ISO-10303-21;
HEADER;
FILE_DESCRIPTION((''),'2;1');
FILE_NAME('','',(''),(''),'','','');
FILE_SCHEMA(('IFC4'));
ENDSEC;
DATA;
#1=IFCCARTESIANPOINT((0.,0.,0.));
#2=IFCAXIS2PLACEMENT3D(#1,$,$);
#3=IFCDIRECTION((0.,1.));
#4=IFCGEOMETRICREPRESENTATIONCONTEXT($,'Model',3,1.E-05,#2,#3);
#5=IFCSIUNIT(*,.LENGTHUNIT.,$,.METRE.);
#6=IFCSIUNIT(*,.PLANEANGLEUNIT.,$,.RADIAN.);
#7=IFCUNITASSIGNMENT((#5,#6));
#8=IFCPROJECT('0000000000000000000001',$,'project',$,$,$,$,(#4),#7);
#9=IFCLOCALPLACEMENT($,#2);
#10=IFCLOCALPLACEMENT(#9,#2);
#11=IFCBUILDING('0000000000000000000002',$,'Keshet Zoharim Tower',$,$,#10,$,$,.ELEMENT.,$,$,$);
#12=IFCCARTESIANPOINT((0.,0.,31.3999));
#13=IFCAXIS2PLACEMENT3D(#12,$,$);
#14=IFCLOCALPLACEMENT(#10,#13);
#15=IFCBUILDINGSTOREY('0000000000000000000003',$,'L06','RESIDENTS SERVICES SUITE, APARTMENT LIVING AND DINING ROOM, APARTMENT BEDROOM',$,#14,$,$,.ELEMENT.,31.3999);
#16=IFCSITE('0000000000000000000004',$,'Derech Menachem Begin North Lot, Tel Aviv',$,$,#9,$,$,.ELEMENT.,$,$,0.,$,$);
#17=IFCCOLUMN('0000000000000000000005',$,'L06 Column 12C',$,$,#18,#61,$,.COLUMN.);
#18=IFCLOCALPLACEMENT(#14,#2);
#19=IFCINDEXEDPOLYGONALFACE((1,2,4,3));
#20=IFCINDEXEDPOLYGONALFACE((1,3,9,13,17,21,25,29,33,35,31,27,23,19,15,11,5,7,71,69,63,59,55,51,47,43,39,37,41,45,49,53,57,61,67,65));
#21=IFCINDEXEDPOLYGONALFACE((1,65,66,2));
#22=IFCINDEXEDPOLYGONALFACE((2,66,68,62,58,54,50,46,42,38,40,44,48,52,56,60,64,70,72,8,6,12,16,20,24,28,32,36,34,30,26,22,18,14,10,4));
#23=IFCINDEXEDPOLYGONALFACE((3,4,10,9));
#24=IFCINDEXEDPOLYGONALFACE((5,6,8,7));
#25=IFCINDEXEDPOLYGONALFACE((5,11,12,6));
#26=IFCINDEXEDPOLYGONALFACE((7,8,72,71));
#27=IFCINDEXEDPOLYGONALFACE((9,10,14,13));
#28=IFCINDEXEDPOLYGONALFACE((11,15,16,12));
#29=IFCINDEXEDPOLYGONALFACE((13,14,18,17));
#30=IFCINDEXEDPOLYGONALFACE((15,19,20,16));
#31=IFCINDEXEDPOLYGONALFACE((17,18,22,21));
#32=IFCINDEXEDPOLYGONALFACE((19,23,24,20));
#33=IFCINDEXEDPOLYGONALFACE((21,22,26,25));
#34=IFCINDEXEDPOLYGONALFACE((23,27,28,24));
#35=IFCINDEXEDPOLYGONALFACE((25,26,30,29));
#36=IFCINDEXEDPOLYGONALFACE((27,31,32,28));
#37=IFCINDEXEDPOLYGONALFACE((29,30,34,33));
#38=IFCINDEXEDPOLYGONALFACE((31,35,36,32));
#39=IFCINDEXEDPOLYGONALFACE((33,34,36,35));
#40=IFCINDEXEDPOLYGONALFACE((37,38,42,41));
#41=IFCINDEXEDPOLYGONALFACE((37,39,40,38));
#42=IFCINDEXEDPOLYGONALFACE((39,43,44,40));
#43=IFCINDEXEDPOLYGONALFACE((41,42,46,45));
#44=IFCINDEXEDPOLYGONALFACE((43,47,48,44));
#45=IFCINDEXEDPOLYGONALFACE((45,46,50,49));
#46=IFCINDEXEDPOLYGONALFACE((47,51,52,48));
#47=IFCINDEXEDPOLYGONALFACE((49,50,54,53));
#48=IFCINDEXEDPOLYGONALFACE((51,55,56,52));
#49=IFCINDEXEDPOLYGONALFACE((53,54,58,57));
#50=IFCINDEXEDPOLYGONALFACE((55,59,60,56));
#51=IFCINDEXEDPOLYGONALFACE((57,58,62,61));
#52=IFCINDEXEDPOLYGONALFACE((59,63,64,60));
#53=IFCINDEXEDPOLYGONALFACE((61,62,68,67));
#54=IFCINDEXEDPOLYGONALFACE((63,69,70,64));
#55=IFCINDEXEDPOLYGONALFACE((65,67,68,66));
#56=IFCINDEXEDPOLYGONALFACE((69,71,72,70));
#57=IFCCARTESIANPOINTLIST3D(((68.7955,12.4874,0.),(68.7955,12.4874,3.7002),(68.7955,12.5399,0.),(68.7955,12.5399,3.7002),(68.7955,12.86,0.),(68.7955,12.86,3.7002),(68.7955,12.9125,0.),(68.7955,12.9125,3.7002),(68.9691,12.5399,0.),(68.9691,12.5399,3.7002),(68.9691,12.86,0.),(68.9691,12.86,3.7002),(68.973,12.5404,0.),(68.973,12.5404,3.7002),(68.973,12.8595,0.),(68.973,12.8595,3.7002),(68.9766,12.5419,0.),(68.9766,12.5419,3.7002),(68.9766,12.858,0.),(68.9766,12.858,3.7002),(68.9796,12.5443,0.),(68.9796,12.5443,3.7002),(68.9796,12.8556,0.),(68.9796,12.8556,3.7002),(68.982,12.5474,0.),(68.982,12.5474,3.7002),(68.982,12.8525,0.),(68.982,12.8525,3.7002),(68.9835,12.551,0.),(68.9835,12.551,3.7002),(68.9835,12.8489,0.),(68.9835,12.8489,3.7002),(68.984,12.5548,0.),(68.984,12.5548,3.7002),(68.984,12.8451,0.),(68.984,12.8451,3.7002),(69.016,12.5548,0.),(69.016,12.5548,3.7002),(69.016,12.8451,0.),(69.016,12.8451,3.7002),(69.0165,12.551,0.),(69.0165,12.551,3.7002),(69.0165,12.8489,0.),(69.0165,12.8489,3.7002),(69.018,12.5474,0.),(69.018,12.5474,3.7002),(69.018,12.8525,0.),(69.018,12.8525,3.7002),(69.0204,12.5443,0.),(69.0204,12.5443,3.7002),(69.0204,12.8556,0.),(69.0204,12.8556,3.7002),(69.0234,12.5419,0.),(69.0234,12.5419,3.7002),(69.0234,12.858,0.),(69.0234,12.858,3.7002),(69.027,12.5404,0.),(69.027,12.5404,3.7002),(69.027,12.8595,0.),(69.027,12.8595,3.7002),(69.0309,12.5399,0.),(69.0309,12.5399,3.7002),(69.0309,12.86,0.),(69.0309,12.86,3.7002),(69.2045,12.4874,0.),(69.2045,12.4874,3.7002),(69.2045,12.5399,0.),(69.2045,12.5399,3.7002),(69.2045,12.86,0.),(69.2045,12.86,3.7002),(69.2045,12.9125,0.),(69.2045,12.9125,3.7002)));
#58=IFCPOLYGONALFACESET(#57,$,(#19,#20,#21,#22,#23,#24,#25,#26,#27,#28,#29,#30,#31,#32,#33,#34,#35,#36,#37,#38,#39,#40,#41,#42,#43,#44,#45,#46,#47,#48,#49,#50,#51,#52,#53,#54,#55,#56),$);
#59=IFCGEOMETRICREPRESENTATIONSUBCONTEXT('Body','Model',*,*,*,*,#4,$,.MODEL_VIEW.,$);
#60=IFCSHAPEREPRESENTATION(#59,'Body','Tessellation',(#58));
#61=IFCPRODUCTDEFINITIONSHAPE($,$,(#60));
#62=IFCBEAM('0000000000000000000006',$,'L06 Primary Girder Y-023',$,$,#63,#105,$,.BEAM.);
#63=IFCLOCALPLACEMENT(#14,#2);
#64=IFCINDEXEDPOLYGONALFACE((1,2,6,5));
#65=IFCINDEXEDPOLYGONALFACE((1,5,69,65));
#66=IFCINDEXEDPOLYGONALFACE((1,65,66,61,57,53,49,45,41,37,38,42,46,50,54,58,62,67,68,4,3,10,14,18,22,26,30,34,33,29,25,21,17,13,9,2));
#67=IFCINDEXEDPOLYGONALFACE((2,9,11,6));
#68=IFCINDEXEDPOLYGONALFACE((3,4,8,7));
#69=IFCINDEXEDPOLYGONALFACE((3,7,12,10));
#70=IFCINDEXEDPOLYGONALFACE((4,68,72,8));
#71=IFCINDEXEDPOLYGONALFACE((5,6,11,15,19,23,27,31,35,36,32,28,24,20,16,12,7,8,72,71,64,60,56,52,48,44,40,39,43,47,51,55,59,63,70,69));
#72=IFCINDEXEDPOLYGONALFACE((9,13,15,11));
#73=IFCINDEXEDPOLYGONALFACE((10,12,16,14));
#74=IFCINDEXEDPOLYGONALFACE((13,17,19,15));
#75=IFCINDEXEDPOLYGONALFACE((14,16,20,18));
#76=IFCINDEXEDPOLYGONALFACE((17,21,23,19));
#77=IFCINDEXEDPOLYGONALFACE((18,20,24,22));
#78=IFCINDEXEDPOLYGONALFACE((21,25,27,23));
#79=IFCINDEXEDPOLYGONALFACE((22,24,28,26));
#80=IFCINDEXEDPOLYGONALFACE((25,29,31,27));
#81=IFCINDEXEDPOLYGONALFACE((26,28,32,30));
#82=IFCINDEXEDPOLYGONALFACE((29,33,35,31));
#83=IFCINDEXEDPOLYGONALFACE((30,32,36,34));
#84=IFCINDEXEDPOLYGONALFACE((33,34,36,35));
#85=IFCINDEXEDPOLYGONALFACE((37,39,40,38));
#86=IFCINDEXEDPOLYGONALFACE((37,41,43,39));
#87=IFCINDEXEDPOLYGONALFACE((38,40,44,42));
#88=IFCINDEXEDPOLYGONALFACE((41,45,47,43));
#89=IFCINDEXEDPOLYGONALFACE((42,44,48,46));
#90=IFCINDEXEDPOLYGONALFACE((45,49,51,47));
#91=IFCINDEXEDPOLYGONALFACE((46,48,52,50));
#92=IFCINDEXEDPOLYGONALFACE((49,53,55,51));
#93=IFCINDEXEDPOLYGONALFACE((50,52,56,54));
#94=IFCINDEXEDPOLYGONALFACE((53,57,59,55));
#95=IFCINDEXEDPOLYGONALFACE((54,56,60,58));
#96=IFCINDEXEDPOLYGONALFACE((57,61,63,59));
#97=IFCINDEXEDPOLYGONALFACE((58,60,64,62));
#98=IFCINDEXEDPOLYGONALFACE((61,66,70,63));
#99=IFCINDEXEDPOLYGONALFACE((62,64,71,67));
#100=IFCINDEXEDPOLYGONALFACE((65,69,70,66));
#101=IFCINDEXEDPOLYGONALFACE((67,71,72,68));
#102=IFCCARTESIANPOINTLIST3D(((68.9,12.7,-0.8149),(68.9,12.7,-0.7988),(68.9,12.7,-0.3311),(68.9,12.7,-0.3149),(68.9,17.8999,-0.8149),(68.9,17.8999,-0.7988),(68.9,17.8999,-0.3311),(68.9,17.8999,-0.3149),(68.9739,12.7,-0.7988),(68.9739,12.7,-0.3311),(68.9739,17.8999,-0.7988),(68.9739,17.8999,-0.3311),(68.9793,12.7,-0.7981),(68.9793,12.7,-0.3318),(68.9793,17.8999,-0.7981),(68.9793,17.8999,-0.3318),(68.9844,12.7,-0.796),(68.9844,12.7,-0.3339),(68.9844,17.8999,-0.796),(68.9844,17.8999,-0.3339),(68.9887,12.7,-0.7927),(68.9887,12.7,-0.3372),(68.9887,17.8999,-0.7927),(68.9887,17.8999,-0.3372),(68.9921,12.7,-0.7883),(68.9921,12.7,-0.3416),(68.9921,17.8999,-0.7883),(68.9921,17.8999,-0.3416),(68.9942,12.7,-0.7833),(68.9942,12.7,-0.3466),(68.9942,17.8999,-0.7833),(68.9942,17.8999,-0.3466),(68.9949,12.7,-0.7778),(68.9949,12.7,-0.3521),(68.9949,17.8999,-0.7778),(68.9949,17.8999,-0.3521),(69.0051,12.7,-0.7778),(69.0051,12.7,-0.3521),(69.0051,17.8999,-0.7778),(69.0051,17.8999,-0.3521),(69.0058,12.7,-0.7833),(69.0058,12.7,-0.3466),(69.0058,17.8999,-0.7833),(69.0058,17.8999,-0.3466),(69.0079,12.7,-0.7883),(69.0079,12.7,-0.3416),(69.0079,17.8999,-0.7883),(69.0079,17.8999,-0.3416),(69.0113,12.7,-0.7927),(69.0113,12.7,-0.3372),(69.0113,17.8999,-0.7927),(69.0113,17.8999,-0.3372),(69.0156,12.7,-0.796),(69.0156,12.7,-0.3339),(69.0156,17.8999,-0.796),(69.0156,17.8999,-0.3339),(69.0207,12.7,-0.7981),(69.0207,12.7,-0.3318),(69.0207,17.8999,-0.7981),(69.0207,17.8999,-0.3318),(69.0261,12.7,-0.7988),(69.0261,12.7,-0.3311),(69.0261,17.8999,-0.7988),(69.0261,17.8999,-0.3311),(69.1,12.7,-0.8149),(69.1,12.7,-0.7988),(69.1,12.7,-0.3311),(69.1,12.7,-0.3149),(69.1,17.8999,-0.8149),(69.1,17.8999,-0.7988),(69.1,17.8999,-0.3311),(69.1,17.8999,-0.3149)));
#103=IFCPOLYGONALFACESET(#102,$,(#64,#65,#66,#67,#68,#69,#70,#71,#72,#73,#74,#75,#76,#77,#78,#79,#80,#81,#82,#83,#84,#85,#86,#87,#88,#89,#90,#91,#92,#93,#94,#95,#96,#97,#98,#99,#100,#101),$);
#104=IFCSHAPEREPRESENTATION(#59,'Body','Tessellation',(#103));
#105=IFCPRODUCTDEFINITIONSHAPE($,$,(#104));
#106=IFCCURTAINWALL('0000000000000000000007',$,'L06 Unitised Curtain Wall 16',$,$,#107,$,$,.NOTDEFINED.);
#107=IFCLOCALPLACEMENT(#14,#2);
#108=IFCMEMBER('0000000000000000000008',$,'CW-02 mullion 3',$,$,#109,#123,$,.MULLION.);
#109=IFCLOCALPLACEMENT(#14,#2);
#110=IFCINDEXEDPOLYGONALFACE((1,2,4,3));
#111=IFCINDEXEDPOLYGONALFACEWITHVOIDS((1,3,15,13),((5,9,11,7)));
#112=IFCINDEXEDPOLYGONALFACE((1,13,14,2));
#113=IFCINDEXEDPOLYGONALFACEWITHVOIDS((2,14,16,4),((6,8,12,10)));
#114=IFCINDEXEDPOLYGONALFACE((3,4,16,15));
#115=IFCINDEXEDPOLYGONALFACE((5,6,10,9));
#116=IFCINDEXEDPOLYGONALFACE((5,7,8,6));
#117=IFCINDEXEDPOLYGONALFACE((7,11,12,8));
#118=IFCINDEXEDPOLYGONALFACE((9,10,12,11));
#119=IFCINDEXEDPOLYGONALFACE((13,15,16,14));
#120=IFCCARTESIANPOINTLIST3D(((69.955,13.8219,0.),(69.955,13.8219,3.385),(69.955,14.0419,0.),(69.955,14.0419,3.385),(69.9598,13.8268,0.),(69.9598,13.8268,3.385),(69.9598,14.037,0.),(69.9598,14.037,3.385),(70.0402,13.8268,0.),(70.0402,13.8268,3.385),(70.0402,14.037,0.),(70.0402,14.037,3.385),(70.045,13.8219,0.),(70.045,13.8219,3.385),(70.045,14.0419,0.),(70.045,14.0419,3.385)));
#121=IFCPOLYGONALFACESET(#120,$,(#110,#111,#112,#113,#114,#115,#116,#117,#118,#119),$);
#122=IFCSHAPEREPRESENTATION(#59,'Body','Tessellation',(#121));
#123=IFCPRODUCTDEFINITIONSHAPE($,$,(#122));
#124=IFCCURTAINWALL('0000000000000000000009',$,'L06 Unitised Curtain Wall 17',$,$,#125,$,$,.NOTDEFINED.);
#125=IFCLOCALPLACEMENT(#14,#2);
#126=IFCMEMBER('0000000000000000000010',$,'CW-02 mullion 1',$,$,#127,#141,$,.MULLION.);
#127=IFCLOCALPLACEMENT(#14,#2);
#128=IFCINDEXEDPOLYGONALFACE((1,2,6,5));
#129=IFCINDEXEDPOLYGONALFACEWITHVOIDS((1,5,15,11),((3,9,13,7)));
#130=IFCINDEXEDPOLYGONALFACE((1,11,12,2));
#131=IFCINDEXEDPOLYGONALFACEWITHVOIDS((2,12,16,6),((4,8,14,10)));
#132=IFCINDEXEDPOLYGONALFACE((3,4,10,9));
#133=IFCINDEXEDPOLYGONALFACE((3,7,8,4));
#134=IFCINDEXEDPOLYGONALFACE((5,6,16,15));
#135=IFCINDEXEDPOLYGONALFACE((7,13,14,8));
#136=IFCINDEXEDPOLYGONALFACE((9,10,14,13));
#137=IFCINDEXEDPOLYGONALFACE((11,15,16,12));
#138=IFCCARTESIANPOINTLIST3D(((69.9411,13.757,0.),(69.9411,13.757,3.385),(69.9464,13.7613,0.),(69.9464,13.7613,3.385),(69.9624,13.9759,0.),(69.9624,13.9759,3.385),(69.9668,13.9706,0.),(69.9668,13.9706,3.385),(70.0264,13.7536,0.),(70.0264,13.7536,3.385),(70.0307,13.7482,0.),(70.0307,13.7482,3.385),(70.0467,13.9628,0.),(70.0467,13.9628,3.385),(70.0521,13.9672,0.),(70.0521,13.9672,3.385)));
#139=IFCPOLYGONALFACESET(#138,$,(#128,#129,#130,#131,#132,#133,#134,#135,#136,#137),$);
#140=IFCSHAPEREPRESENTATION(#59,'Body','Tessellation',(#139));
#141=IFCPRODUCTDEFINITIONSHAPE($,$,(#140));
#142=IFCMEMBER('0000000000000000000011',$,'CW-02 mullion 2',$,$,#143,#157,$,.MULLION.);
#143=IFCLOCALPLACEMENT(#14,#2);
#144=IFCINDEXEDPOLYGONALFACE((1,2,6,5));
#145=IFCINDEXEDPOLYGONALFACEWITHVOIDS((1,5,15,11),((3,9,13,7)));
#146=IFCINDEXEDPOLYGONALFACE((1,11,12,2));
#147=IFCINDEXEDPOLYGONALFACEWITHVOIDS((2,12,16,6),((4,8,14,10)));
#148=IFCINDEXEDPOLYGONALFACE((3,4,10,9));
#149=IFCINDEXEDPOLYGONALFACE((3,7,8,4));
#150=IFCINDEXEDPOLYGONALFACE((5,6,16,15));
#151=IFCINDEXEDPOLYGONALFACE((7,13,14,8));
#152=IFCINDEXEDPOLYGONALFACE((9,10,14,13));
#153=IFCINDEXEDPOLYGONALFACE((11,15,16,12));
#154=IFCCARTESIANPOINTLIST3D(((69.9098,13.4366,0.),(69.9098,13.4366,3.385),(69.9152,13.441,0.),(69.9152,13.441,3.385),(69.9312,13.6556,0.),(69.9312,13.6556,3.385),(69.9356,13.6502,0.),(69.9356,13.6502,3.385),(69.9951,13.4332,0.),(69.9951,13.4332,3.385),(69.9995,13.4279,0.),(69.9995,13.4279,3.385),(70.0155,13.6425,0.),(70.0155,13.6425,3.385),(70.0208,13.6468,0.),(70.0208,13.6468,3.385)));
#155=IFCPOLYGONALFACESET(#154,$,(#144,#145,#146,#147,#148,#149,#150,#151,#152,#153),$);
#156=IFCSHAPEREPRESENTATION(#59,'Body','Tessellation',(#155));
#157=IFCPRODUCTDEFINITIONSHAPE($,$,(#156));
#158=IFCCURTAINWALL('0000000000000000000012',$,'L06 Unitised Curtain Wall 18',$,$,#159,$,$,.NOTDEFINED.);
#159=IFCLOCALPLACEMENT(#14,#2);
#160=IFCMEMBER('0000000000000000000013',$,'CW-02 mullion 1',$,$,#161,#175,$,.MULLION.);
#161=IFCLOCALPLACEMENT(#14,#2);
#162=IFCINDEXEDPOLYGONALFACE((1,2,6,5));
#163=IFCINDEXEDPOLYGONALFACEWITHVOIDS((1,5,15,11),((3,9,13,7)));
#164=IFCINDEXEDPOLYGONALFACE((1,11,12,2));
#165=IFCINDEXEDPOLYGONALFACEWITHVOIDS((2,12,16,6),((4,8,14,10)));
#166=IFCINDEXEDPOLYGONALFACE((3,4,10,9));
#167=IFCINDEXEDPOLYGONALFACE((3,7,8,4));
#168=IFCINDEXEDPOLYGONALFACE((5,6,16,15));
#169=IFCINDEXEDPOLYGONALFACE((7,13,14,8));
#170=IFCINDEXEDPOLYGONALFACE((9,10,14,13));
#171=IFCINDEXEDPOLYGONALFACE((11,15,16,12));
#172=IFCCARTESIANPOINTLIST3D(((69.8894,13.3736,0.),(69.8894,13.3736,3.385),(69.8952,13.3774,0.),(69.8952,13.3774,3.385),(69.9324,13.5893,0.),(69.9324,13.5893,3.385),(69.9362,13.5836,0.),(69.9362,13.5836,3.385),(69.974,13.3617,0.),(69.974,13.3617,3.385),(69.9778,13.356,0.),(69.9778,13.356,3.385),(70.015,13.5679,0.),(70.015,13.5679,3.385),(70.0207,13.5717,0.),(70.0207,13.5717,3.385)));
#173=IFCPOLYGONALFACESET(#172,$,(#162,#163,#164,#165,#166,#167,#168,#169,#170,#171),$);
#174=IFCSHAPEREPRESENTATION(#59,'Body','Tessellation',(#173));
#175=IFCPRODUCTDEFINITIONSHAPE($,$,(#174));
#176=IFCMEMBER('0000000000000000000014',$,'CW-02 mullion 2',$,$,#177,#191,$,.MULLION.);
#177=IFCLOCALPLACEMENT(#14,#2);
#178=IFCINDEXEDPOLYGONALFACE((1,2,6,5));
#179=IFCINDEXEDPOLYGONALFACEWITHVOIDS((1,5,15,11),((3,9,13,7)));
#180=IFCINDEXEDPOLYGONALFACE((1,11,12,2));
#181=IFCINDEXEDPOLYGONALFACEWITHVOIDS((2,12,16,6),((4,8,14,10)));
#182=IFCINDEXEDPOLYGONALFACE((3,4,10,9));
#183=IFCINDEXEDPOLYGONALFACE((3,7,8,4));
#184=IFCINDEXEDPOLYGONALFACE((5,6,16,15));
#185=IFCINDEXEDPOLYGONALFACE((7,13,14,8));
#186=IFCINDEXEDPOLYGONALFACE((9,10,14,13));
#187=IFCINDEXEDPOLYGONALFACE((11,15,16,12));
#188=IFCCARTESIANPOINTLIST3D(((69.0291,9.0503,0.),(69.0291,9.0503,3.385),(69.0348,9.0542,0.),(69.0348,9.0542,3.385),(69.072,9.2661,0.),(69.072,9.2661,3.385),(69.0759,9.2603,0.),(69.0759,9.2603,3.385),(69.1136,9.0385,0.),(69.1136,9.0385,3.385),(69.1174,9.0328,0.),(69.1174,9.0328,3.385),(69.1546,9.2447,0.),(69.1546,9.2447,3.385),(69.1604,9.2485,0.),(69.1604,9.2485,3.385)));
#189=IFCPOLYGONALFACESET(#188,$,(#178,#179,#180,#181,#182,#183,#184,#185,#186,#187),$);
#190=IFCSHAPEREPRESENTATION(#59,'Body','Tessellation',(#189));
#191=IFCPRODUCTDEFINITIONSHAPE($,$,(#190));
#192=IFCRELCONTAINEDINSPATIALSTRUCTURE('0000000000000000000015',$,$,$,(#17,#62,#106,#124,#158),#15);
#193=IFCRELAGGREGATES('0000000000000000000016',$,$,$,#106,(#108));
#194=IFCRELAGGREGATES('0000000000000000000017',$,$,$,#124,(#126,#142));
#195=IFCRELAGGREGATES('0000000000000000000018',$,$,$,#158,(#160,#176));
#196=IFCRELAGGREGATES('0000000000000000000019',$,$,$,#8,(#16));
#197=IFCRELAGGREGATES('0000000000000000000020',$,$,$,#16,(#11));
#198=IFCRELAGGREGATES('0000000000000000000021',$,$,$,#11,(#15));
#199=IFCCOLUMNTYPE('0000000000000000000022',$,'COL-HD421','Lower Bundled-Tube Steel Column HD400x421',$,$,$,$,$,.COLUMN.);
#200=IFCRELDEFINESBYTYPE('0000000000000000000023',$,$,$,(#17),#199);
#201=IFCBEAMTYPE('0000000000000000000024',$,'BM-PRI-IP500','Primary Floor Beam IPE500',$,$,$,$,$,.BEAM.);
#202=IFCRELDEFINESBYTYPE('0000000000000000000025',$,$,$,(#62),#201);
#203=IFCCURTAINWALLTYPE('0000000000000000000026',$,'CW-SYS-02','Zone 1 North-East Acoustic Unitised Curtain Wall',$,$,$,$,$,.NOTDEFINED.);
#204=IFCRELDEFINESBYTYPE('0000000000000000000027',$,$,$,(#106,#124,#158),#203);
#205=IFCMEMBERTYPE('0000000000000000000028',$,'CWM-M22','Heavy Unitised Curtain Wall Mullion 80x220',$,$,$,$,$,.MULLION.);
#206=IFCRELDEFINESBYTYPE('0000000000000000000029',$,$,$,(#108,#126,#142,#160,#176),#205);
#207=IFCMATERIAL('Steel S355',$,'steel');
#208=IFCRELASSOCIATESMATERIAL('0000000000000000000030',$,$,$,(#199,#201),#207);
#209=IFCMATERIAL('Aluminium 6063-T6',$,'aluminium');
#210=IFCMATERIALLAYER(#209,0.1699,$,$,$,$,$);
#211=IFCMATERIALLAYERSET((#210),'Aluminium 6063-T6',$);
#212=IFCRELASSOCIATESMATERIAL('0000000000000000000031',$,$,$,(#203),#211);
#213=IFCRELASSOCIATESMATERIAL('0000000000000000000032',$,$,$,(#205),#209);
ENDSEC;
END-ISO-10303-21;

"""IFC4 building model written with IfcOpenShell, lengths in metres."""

from ifc_helpers import new_model, si_unit, direction, frame, origin, origin_2d, place, context, subcontext, project, spatial, hollow_rectangle, i_section, extrude, material, layer, layer_set, material_profile, profile_set, type_object, element, aggregate, save


model = new_model("IFC4")

# Units and contexts
model_context = context("Model", 3, precision=1e-05, world=origin(), true_north=direction((0.0, 1.0)))
body_context = subcontext(model_context, "Body", "Model", "MODEL_VIEW")
ifc_project = project(units=[si_unit("LENGTHUNIT", "METRE"), si_unit("PLANEANGLEUNIT", "RADIAN")], contexts=[model_context])

# Site, building, storey
site_placement = place(None, origin())
site = spatial("IfcSite", under=ifc_project, at=site_placement, Name="Derech Menachem Begin North Lot, Tel Aviv", CompositionType="ELEMENT", RefElevation=0.0)
building_placement = place(site_placement, origin())
building = spatial("IfcBuilding", under=site, at=building_placement, Name="Keshet Zoharim Tower", CompositionType="ELEMENT")
storey_placement = place(building_placement, frame((0.0, 0.0, 31.3999)))
storey = spatial("IfcBuildingStorey", under=building, at=storey_placement, Name="L06", Description="RESIDENTS SERVICES SUITE, APARTMENT LIVING AND DINING ROOM, APARTMENT BEDROOM", CompositionType="ELEMENT", Elevation=31.3999)

# Column
ifc_material_1 = material(Name="Steel S355", Category="steel")
ifc_material_profile_1 = material_profile(ifc_material_1, i_section(OverallWidth=0.4089, OverallDepth=0.425, WebThickness=0.032, FlangeThickness=0.0525, FilletRadius=0.0149, at=origin_2d()), Name="HD400x421")
ifc_profile_set_1 = profile_set([ifc_material_profile_1], Name="Steel S355")
column_type = type_object("IfcColumnType", Name="COL-HD421", Description="Lower Bundled-Tube Steel Column HD400x421", PredefinedType="COLUMN", material=ifc_profile_set_1)
column_placement = place(storey_placement, frame((69.0, 12.7, 0.0), z_axis=(0.0, 0.0, 1.0), x_axis=(1.0, 0.0, 0.0)))
element("IfcColumn", 1, at=column_placement, inside=storey, type_object=column_type, Name="L06 Column 12C", PredefinedType="COLUMN", context=body_context, shape_type="SweptSolid", body=[
    extrude(i_section(OverallWidth=0.4089, OverallDepth=0.425, WebThickness=0.032, FlangeThickness=0.0525, FilletRadius=0.0149, at=origin_2d()), origin(), (0.0, 0.0, 1.0), 3.7002),
])

# Beam
ifc_material_profile_2 = material_profile(ifc_material_1, i_section(OverallWidth=0.2, OverallDepth=0.5, WebThickness=0.0103, FlangeThickness=0.0161, FilletRadius=0.021, at=origin_2d()), Name="IPE500")
ifc_profile_set_2 = profile_set([ifc_material_profile_2], Name="Steel S355")
beam_type = type_object("IfcBeamType", Name="BM-PRI-IP500", Description="Primary Floor Beam IPE500", PredefinedType="BEAM", material=ifc_profile_set_2)
beam_placement = place(storey_placement, frame((69.0, 12.7, -0.5649), z_axis=(0.0, 1.0, 0.0), x_axis=(-1.0, 0.0, 0.0)))
element("IfcBeam", 2, at=beam_placement, inside=storey, type_object=beam_type, Name="L06 Primary Girder Y-023", PredefinedType="BEAM", context=body_context, shape_type="SweptSolid", body=[
    extrude(i_section(OverallWidth=0.2, OverallDepth=0.5, WebThickness=0.0103, FlangeThickness=0.0161, FilletRadius=0.021, at=origin_2d()), origin(), (0.0, 0.0, 1.0), 5.2),
])

# Curtain wall, member
ifc_material_2 = material(Name="Aluminium 6063-T6", Category="aluminium")
ifc_layer_1 = layer(ifc_material_2, 0.1699)
ifc_layer_set_1 = layer_set([ifc_layer_1], Name="Aluminium 6063-T6")
curtain_wall_type_1 = type_object("IfcCurtainWallType", Name="CW-SYS-02", Description="Zone 1 North-East Acoustic Unitised Curtain Wall", PredefinedType="NOTDEFINED", material=ifc_layer_set_1)
curtain_wall_1_placement = place(storey_placement, origin())
curtain_wall_1 = element("IfcCurtainWall", 3, at=curtain_wall_1_placement, inside=storey, type_object=curtain_wall_type_1, Name="L06 Unitised Curtain Wall 16", PredefinedType="NOTDEFINED")
ifc_material_profile_3 = material_profile(ifc_material_2, hollow_rectangle(XDim=0.0901, YDim=0.22, WallThickness=0.0049, at=origin_2d()), Name="MUL-90x220")
ifc_profile_set_3 = profile_set([ifc_material_profile_3], Name="Aluminium 6063-T6")
member_type_1 = type_object("IfcMemberType", Name="CWM-M22", Description="Heavy Unitised Curtain Wall Mullion 80x220", PredefinedType="MULLION", material=ifc_profile_set_3)
member_1_placement = place(storey_placement, frame((70.0, 13.9319, 0.0), z_axis=(0.0, 0.0, 1.0), x_axis=(1.0, 0.0, 0.0)))
member_1 = element("IfcMember", 4, at=member_1_placement, type_object=member_type_1, Name="CW-02 mullion 3", PredefinedType="MULLION", context=body_context, shape_type="SweptSolid", body=[
    extrude(hollow_rectangle(XDim=0.0901, YDim=0.22, WallThickness=0.0049, at=origin_2d()), origin(), (0.0, 0.0, 1.0), 3.385),
])
aggregate(curtain_wall_1, [member_1])

# Curtain walls, members
curtain_wall_2_placement = place(storey_placement, origin())
curtain_wall_2 = element("IfcCurtainWall", 5, at=curtain_wall_2_placement, inside=storey, type_object=curtain_wall_type_1, Name="L06 Unitised Curtain Wall 17", PredefinedType="NOTDEFINED")
member_2_placement = place(storey_placement, frame((69.9966, 13.8621, 0.0), z_axis=(0.0, 0.0, 1.0), x_axis=(0.995287, -0.096977, 0.0)))
member_2 = element("IfcMember", 6, at=member_2_placement, type_object=member_type_1, Name="CW-02 mullion 1", PredefinedType="MULLION", context=body_context, shape_type="SweptSolid", body=[
    extrude(hollow_rectangle(XDim=0.0901, YDim=0.22, WallThickness=0.0049, at=origin_2d()), origin(), (0.0, 0.0, 1.0), 3.385),
])
member_3_placement = place(storey_placement, frame((69.9653, 13.5417, 0.0), z_axis=(0.0, 0.0, 1.0), x_axis=(0.995287, -0.096977, 0.0)))
member_3 = element("IfcMember", 7, at=member_3_placement, type_object=member_type_1, Name="CW-02 mullion 2", PredefinedType="MULLION", context=body_context, shape_type="SweptSolid", body=[
    extrude(hollow_rectangle(XDim=0.0901, YDim=0.22, WallThickness=0.0049, at=origin_2d()), origin(), (0.0, 0.0, 1.0), 3.385),
])
curtain_wall_3_placement = place(storey_placement, origin())
curtain_wall_3 = element("IfcCurtainWall", 8, at=curtain_wall_3_placement, inside=storey, type_object=curtain_wall_type_1, Name="L06 Unitised Curtain Wall 18", PredefinedType="NOTDEFINED")
member_4_placement = place(storey_placement, frame((69.9551, 13.4727, 0.0), z_axis=(0.0, 0.0, 1.0), x_axis=(0.980769, -0.195171, 0.0)))
member_4 = element("IfcMember", 9, at=member_4_placement, type_object=member_type_1, Name="CW-02 mullion 1", PredefinedType="MULLION", context=body_context, shape_type="SweptSolid", body=[
    extrude(hollow_rectangle(XDim=0.0901, YDim=0.22, WallThickness=0.0049, at=origin_2d()), origin(), (0.0, 0.0, 1.0), 3.385),
])
member_5_placement = place(storey_placement, frame((69.0947, 9.1494, 0.0), z_axis=(0.0, 0.0, 1.0), x_axis=(0.980769, -0.195171, 0.0)))
member_5 = element("IfcMember", 10, at=member_5_placement, type_object=member_type_1, Name="CW-02 mullion 2", PredefinedType="MULLION", context=body_context, shape_type="SweptSolid", body=[
    extrude(hollow_rectangle(XDim=0.0901, YDim=0.22, WallThickness=0.0049, at=origin_2d()), origin(), (0.0, 0.0, 1.0), 3.385),
])

aggregate(curtain_wall_2, [member_2, member_3])
aggregate(curtain_wall_3, [member_4, member_5])

save(model, "model.ifc")
